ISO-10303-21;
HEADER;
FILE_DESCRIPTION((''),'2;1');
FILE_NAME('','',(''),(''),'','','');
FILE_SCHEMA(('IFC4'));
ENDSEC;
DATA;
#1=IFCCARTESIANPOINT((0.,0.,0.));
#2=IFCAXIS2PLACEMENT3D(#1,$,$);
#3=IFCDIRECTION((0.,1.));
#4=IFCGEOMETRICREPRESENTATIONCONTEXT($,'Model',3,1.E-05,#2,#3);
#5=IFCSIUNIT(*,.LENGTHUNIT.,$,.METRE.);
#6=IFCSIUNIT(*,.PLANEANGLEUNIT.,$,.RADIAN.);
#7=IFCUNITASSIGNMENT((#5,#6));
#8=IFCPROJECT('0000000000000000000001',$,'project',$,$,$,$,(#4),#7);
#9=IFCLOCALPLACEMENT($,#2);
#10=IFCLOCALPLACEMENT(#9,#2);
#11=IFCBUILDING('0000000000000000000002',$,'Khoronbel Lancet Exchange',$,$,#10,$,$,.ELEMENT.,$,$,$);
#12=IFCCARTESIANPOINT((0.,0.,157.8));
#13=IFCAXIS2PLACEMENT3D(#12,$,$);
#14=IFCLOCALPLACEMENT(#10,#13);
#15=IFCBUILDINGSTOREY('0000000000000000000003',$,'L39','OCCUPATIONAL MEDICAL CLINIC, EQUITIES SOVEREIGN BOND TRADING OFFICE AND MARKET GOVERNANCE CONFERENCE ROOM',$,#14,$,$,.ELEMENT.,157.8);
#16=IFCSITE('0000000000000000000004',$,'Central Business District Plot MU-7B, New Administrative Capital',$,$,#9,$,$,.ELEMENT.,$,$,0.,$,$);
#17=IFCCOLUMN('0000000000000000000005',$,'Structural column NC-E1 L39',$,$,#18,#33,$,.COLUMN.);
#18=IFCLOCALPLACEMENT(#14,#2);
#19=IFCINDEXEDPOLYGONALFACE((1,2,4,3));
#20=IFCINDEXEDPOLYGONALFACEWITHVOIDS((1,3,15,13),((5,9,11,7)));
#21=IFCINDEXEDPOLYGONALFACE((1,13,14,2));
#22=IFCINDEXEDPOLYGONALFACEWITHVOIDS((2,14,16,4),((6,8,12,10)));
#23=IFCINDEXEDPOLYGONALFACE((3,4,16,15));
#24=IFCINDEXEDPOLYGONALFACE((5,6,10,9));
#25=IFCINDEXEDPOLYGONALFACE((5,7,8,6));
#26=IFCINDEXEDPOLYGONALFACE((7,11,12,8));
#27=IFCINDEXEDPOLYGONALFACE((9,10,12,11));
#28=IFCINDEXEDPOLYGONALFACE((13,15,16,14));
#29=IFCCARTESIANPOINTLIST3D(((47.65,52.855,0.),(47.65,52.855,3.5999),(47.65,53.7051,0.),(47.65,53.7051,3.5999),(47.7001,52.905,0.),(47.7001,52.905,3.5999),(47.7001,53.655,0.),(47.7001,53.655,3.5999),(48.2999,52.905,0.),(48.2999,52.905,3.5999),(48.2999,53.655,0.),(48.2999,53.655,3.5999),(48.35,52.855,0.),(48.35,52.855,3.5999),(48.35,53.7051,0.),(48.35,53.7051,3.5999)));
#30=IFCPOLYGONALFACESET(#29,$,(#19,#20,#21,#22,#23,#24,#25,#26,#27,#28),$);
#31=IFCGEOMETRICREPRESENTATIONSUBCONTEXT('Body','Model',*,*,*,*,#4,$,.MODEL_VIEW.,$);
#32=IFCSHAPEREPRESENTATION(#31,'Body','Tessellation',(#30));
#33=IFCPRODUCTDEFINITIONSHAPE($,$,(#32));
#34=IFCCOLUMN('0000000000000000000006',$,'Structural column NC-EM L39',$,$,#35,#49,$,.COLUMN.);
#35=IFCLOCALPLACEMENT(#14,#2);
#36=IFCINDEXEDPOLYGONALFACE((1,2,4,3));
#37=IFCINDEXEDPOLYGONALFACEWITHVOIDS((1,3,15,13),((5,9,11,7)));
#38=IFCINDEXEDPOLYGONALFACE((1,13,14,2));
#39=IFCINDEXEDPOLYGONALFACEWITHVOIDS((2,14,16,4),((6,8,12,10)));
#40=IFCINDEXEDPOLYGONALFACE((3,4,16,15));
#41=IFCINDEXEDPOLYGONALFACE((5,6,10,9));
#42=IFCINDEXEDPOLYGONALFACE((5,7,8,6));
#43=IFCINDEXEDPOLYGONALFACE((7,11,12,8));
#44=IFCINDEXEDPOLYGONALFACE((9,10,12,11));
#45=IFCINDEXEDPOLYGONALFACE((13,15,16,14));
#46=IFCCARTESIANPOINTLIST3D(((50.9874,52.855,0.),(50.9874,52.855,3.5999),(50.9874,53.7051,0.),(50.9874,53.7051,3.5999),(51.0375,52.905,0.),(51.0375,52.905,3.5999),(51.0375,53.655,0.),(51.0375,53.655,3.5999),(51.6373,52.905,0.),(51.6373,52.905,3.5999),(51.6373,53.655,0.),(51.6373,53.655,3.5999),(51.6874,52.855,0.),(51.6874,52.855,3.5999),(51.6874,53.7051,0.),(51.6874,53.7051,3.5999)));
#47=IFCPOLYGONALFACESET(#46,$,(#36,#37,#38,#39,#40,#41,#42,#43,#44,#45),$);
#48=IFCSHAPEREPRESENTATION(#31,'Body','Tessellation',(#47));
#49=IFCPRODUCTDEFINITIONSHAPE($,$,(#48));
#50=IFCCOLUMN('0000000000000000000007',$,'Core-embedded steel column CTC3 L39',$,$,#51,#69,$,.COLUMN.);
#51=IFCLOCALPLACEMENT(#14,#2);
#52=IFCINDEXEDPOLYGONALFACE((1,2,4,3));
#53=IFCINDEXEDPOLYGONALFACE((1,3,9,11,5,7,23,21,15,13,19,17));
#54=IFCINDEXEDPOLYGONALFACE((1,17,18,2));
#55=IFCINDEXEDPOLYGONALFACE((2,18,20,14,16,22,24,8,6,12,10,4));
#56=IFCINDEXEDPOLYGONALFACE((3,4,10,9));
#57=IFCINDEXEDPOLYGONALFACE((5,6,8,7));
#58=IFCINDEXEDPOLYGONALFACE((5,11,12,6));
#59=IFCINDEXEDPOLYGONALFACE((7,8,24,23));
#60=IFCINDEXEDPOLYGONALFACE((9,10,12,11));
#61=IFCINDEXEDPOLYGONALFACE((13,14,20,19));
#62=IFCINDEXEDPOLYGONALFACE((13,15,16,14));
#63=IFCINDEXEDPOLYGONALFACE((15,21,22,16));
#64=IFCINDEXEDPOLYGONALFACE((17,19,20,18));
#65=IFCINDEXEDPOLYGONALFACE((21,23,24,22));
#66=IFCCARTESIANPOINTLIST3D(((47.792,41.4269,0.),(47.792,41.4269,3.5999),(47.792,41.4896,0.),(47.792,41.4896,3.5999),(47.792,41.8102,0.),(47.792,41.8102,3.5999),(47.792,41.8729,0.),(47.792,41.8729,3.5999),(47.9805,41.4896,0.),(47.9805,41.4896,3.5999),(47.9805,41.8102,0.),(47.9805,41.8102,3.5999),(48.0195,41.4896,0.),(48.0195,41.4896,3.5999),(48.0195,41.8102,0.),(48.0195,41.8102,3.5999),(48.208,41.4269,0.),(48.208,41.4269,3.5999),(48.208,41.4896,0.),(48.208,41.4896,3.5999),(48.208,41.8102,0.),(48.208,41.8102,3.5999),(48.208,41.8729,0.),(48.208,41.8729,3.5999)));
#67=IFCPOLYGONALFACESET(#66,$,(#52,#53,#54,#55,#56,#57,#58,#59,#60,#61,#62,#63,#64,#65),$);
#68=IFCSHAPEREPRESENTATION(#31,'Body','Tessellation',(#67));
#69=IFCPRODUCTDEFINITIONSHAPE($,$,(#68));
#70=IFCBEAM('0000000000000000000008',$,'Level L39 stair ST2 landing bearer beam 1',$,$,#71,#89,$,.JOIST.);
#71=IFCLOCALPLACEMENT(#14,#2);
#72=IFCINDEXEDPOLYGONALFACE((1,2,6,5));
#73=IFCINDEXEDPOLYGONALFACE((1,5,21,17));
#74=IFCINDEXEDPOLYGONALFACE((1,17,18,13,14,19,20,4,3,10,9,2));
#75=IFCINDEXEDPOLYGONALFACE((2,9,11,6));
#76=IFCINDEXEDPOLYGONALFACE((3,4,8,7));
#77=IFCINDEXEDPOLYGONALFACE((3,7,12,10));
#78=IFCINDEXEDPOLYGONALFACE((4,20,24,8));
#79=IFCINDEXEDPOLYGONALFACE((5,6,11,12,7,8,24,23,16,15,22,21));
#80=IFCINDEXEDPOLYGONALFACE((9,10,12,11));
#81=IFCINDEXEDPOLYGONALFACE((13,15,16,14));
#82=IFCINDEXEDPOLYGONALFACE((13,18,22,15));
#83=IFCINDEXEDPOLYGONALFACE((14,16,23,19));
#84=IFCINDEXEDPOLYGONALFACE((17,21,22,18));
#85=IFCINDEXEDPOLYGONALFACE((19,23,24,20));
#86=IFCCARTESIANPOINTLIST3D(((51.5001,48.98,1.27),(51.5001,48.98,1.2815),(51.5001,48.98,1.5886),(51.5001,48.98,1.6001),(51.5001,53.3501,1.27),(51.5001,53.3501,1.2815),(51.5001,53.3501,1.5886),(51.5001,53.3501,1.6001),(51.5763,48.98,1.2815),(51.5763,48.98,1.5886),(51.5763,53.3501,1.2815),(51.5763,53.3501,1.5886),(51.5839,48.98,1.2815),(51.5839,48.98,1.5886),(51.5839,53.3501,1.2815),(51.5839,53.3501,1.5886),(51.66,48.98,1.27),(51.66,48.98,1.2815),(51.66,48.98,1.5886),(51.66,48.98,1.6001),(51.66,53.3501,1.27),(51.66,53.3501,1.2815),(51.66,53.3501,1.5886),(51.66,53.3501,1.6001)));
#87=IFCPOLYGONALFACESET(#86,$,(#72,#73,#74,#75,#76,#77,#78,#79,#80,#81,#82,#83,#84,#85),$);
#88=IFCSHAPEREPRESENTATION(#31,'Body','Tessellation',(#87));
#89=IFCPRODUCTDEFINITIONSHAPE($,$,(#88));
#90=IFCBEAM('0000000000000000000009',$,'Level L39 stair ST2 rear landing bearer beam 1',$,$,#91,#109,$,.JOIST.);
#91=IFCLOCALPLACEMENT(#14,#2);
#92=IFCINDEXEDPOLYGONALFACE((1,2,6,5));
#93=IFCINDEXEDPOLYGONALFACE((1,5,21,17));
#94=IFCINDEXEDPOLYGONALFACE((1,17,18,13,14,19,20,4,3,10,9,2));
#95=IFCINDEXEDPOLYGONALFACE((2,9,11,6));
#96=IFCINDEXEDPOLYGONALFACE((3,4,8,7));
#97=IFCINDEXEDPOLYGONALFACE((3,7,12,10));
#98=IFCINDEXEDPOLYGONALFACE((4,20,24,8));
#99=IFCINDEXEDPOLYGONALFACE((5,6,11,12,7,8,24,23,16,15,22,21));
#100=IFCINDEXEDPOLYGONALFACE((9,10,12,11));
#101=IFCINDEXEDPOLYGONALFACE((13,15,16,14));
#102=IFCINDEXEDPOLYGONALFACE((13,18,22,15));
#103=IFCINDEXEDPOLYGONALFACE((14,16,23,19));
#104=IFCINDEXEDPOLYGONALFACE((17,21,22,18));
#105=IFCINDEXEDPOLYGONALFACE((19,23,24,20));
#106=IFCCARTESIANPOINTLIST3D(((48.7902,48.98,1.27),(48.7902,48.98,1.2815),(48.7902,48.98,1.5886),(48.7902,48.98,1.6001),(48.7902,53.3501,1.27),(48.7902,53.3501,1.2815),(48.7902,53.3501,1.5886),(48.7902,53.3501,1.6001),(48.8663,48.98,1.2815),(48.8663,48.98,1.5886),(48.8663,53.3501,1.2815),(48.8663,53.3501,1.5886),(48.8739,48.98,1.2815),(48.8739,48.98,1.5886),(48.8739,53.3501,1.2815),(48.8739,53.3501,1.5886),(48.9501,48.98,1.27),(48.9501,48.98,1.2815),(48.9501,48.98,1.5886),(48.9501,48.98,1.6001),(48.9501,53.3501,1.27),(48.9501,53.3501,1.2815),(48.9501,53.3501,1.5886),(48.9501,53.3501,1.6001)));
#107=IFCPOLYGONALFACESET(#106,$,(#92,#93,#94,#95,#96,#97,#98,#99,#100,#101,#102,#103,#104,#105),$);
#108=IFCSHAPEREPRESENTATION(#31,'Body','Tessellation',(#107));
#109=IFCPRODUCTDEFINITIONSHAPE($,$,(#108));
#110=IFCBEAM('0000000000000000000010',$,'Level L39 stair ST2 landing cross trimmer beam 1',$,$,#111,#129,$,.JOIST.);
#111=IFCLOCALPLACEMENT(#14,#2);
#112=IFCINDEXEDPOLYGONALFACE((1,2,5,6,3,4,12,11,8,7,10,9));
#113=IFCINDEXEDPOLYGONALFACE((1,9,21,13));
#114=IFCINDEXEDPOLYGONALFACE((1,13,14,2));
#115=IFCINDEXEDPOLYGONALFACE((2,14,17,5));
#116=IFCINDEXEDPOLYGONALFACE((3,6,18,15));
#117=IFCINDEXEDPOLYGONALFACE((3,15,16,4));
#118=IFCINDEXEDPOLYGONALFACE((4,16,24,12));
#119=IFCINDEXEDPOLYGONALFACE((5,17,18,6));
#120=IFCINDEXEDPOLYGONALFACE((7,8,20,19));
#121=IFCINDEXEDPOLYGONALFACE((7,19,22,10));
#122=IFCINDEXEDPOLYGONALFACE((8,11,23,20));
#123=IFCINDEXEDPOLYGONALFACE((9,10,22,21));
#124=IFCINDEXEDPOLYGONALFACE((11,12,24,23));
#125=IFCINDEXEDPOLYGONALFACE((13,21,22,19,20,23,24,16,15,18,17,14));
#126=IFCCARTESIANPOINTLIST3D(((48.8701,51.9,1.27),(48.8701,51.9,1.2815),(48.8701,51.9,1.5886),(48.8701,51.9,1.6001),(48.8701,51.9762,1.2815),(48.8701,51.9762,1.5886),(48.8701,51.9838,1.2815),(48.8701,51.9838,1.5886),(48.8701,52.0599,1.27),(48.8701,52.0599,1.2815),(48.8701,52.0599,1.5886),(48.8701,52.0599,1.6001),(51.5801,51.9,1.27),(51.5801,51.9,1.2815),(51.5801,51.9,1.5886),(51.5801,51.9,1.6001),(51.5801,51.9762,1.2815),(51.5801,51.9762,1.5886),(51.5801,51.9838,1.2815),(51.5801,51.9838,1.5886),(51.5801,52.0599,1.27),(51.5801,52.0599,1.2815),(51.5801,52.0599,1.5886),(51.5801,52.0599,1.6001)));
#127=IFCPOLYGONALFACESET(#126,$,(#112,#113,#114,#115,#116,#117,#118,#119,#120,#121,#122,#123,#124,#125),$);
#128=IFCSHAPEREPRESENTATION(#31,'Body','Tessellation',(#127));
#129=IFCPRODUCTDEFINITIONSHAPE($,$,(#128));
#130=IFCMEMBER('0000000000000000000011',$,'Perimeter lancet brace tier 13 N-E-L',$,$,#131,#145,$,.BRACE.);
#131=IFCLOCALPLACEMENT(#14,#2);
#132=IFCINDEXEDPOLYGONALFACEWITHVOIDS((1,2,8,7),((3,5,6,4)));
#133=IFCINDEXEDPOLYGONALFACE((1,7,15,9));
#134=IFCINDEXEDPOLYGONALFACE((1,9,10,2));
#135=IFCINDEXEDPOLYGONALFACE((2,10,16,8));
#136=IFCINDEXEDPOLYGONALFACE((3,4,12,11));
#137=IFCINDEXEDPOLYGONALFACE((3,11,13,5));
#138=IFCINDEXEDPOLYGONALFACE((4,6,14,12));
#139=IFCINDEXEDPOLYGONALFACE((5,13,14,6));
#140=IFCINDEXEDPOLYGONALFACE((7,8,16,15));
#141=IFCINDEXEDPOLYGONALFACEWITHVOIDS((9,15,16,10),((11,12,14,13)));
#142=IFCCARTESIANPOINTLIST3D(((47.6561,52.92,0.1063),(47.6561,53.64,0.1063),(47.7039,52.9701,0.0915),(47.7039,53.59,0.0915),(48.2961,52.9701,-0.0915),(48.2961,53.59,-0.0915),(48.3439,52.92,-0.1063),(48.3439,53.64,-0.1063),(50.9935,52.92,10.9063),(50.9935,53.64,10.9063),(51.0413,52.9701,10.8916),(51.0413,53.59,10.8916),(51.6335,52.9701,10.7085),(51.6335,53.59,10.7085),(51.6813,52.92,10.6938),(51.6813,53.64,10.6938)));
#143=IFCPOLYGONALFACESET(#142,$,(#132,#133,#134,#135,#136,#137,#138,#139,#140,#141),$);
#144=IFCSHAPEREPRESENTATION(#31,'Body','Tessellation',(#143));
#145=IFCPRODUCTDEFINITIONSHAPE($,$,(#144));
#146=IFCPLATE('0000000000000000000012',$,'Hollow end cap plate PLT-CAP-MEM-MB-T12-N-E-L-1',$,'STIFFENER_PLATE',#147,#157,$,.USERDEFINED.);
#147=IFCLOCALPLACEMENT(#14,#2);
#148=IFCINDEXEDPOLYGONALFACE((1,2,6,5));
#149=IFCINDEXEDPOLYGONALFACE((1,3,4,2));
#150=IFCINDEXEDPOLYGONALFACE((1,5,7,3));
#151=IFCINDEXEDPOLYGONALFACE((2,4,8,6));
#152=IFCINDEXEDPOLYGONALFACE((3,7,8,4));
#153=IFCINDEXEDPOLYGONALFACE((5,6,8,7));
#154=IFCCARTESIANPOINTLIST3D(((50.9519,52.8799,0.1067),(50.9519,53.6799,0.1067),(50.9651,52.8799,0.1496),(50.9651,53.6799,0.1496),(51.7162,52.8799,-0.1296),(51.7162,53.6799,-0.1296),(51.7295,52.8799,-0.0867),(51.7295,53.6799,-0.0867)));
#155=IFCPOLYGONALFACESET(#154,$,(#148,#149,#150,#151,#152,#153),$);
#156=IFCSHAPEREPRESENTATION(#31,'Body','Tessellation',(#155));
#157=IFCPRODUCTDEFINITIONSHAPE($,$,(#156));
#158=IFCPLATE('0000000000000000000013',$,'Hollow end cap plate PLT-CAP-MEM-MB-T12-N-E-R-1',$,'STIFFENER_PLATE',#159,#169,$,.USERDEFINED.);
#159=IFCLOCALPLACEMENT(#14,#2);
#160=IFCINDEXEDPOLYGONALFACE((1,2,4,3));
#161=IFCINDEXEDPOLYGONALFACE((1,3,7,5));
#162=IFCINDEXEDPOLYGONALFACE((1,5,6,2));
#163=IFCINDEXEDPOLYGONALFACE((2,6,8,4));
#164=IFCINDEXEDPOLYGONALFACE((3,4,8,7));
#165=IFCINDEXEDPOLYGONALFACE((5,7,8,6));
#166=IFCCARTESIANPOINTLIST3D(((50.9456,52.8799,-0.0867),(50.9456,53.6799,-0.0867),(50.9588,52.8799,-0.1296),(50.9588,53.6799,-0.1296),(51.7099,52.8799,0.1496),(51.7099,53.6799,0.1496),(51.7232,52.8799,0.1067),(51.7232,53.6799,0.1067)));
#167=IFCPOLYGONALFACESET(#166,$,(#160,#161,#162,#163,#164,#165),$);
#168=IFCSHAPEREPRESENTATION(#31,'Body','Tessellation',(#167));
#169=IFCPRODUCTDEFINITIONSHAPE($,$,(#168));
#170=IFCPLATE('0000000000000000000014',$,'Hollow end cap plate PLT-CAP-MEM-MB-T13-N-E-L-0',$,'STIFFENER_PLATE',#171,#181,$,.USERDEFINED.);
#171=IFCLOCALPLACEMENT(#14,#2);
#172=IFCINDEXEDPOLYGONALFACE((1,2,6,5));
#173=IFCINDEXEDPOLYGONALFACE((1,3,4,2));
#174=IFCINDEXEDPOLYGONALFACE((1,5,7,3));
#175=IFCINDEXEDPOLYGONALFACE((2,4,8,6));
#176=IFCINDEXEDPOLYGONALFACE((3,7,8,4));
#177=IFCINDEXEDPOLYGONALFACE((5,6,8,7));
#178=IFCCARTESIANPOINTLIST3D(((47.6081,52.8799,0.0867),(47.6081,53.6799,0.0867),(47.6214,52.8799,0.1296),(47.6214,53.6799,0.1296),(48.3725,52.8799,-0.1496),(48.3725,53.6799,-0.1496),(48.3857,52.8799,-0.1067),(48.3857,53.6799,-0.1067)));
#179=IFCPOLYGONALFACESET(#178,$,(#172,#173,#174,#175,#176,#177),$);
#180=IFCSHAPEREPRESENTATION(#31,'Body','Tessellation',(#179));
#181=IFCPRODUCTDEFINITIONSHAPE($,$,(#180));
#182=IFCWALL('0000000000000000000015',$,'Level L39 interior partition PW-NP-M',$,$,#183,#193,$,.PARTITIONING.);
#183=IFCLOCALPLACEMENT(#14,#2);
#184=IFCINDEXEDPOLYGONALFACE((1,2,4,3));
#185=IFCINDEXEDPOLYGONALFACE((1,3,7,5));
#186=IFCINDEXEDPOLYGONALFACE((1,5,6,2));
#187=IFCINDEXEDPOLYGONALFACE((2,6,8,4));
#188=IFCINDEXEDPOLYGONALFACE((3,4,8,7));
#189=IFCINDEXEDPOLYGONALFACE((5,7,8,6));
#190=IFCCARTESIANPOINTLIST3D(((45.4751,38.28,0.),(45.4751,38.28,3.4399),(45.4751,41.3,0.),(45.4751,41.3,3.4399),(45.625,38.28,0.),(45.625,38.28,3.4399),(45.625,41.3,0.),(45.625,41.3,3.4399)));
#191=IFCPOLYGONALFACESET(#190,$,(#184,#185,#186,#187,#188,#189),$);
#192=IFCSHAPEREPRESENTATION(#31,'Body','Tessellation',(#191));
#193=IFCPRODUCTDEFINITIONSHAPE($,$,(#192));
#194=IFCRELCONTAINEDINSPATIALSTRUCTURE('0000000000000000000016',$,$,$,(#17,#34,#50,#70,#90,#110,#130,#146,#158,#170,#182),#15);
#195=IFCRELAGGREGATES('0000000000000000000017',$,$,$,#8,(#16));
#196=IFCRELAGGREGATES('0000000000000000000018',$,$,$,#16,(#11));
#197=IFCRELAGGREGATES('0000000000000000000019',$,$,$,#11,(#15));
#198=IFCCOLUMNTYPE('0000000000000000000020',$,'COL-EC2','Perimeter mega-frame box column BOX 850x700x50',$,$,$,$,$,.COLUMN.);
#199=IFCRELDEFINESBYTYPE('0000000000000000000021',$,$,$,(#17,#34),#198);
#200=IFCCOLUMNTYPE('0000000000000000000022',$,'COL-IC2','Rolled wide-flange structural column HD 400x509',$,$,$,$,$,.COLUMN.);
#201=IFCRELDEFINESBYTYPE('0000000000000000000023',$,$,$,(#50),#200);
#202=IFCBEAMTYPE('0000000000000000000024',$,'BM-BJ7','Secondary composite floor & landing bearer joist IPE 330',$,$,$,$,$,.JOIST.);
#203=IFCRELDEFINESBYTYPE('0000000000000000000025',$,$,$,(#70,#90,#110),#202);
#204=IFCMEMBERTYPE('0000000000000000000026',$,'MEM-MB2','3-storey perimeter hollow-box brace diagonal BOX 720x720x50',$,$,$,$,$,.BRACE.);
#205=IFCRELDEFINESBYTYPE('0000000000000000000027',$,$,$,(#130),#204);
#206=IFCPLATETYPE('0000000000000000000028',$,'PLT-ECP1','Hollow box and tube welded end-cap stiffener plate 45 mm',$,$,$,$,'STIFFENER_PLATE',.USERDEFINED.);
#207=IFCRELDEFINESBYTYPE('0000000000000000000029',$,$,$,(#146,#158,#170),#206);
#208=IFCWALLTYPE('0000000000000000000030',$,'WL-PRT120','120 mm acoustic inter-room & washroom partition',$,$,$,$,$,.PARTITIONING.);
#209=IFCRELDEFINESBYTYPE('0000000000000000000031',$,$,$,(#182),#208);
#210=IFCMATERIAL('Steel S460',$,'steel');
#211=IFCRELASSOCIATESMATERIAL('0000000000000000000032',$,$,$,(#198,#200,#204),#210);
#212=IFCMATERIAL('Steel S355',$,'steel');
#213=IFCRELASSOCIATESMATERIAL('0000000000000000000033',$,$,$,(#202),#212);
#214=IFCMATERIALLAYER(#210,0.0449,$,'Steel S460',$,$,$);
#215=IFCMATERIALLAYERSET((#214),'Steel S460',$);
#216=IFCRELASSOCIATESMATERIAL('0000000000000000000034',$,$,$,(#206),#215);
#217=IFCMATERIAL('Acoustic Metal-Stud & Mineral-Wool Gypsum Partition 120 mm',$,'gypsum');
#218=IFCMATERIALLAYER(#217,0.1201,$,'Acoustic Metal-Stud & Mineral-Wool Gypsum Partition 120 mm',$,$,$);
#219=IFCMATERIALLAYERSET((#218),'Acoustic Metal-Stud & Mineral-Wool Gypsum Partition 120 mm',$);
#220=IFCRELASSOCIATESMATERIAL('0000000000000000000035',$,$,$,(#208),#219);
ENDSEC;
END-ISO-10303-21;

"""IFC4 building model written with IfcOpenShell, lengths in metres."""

from ifc_helpers import new_model, si_unit, direction, frame, frame_2d, origin, origin_2d, place, context, subcontext, project, spatial, polyline, rectangle, hollow_rectangle, i_section, outline, extrude, material, layer, layer_set, material_profile, profile_set, type_object, element, save


model = new_model("IFC4")

# Units and contexts
model_context = context("Model", 3, precision=1e-05, world=origin(), true_north=direction((0.0, 1.0)))
body_context = subcontext(model_context, "Body", "Model", "MODEL_VIEW")
ifc_project = project(units=[si_unit("LENGTHUNIT", "METRE"), si_unit("PLANEANGLEUNIT", "RADIAN")], contexts=[model_context])

# Site, building, storey
site_placement = place(None, origin())
site = spatial("IfcSite", under=ifc_project, at=site_placement, Name="Central Business District Plot MU-7B, New Administrative Capital", CompositionType="ELEMENT", RefElevation=0.0)
building_placement = place(site_placement, origin())
building = spatial("IfcBuilding", under=site, at=building_placement, Name="Khoronbel Lancet Exchange", CompositionType="ELEMENT")
storey_placement = place(building_placement, frame((0.0, 0.0, 157.8)))
storey = spatial("IfcBuildingStorey", under=building, at=storey_placement, Name="L39", Description="OCCUPATIONAL MEDICAL CLINIC, EQUITIES SOVEREIGN BOND TRADING OFFICE AND MARKET GOVERNANCE CONFERENCE ROOM", CompositionType="ELEMENT", Elevation=157.8)

# Columns
ifc_material_1 = material(Name="Steel S460", Category="steel")
ifc_material_profile_1 = material_profile(ifc_material_1, hollow_rectangle(XDim=0.7, YDim=0.8501, WallThickness=0.05, at=origin_2d()), Name="BOX 850x700x50")
ifc_profile_set_1 = profile_set([ifc_material_profile_1], Name="Steel S460")
column_type_1 = type_object("IfcColumnType", Name="COL-EC2", Description="Perimeter mega-frame box column BOX 850x700x50", PredefinedType="COLUMN", material=ifc_profile_set_1)
for number, where, z_axis, x_axis, name in (
    (1, (48.0, 53.28, 0.0), (0.0, 0.0, 1.0), (1.0, 0.0, 0.0), "Structural column NC-E1 L39"),
    (2, (51.3374, 53.28, 0.0), (0.0, 0.0, 1.0), (1.0, 0.0, 0.0), "Structural column NC-EM L39"),
):
    element("IfcColumn", number, at=place(storey_placement, frame(where, z_axis=z_axis, x_axis=x_axis)), inside=storey, type_object=column_type_1, Name=name, PredefinedType="COLUMN", context=body_context, shape_type="SweptSolid", body=[
        extrude(hollow_rectangle(XDim=0.7, YDim=0.8501, WallThickness=0.05, at=origin_2d()), origin(), (0.0, 0.0, 1.0), 3.5999),
    ])
ifc_material_profile_2 = material_profile(ifc_material_1, i_section(OverallWidth=0.416, OverallDepth=0.446, WebThickness=0.0391, FlangeThickness=0.0627, at=origin_2d()), Name="HD 400x509")
ifc_profile_set_2 = profile_set([ifc_material_profile_2], Name="Steel S460")
column_type_2 = type_object("IfcColumnType", Name="COL-IC2", Description="Rolled wide-flange structural column HD 400x509", PredefinedType="COLUMN", material=ifc_profile_set_2)
column_placement = place(storey_placement, frame((48.0, 41.6499, 0.0), z_axis=(0.0, 0.0, 1.0), x_axis=(1.0, 0.0, 0.0)))
element("IfcColumn", 3, at=column_placement, inside=storey, type_object=column_type_2, Name="Core-embedded steel column CTC3 L39", PredefinedType="COLUMN", context=body_context, shape_type="SweptSolid", body=[
    extrude(i_section(OverallWidth=0.416, OverallDepth=0.446, WebThickness=0.0391, FlangeThickness=0.0627, at=origin_2d()), origin(), (0.0, 0.0, 1.0), 3.5999),
])

# Beams
ifc_material_2 = material(Name="Steel S355", Category="steel")
ifc_material_profile_3 = material_profile(ifc_material_2, i_section(OverallWidth=0.1599, OverallDepth=0.3301, WebThickness=0.0076, FlangeThickness=0.0115, at=origin_2d()), Name="IPE 330")
ifc_profile_set_3 = profile_set([ifc_material_profile_3], Name="Steel S355")
beam_type = type_object("IfcBeamType", Name="BM-BJ7", Description="Secondary composite floor & landing bearer joist IPE 330", PredefinedType="JOIST", material=ifc_profile_set_3)
for number, where, z_axis, x_axis, name in (
    (4, (51.5801, 48.98, 1.4351), (0.0, 1.0, 0.0), (-1.0, 0.0, 0.0), "Level L39 stair ST2 landing bearer beam 1"),
    (5, (48.8701, 48.98, 1.4351), (0.0, 1.0, 0.0), (-1.0, 0.0, 0.0), "Level L39 stair ST2 rear landing bearer beam 1"),
):
    element("IfcBeam", number, at=place(storey_placement, frame(where, z_axis=z_axis, x_axis=x_axis)), inside=storey, type_object=beam_type, Name=name, PredefinedType="JOIST", context=body_context, shape_type="SweptSolid", body=[
        extrude(i_section(OverallWidth=0.1599, OverallDepth=0.3301, WebThickness=0.0076, FlangeThickness=0.0115, at=origin_2d()), origin(), (0.0, 0.0, 1.0), 4.3701),
    ])
beam_placement = place(storey_placement, frame((48.8701, 51.98, 1.4351), z_axis=(1.0, 0.0, 0.0), x_axis=(0.0, 1.0, 0.0)))
element("IfcBeam", 6, at=beam_placement, inside=storey, type_object=beam_type, Name="Level L39 stair ST2 landing cross trimmer beam 1", PredefinedType="JOIST", context=body_context, shape_type="SweptSolid", body=[
    extrude(i_section(OverallWidth=0.1599, OverallDepth=0.3301, WebThickness=0.0076, FlangeThickness=0.0115, at=origin_2d()), origin(), (0.0, 0.0, 1.0), 2.71),
])

# Member
ifc_material_profile_4 = material_profile(ifc_material_1, hollow_rectangle(XDim=0.72, YDim=0.72, WallThickness=0.05, at=origin_2d()), Name="BOX 720x720x50")
ifc_profile_set_4 = profile_set([ifc_material_profile_4], Name="Steel S460")
member_type = type_object("IfcMemberType", Name="MEM-MB2", Description="3-storey perimeter hollow-box brace diagonal BOX 720x720x50", PredefinedType="BRACE", material=ifc_profile_set_4)
member_placement = place(storey_placement, frame((48.0, 53.28, 0.0), z_axis=(0.295242, 0.0, 0.955422), x_axis=(0.0, 1.0, 0.0)))
element("IfcMember", 7, at=member_placement, inside=storey, type_object=member_type, Name="Perimeter lancet brace tier 13 N-E-L", PredefinedType="BRACE", context=body_context, shape_type="SweptSolid", body=[
    extrude(hollow_rectangle(XDim=0.72, YDim=0.72, WallThickness=0.05, at=origin_2d()), origin(), (0.0, 0.0, 1.0), 11.304),
])

# Plates
ifc_layer_1 = layer(ifc_material_1, 0.0449, Name="Steel S460")
ifc_layer_set_1 = layer_set([ifc_layer_1], Name="Steel S460")
plate_type = type_object("IfcPlateType", Name="PLT-ECP1", Description="Hollow box and tube welded end-cap stiffener plate 45 mm", ElementType="STIFFENER_PLATE", PredefinedType="USERDEFINED", material=ifc_layer_set_1)
for number, where, z_axis, x_axis, name in (
    (8, (51.7295, 52.8799, -0.0867), (0.295372, 0.0, 0.955382), (0.0, 1.0, 0.0), "Hollow end cap plate PLT-CAP-MEM-MB-T12-N-E-L-1"),
    (9, (50.9456, 53.6799, -0.0867), (-0.295372, 0.0, 0.955382), (0.0, -1.0, 0.0), "Hollow end cap plate PLT-CAP-MEM-MB-T12-N-E-R-1"),
    (10, (48.3857, 52.8799, -0.1067), (0.295372, 0.0, 0.955382), (0.0, 1.0, 0.0), "Hollow end cap plate PLT-CAP-MEM-MB-T13-N-E-L-0"),
):
    element("IfcPlate", number, at=place(storey_placement, frame(where, z_axis=z_axis, x_axis=x_axis)), inside=storey, type_object=plate_type, Name=name, ObjectType="STIFFENER_PLATE", PredefinedType="USERDEFINED", context=body_context, shape_type="SweptSolid", body=[
        extrude(outline(polyline([(0.0, 0.0), (0.8, 0.0), (0.8, 0.8), (0.0, 0.8), (0.0, 0.0)])), origin(), (0.0, 0.0, -1.0), 0.0449),
    ])

# Wall
ifc_material_3 = material(Name="Acoustic Metal-Stud & Mineral-Wool Gypsum Partition 120 mm", Category="gypsum")
ifc_layer_2 = layer(ifc_material_3, 0.1201, Name="Acoustic Metal-Stud & Mineral-Wool Gypsum Partition 120 mm")
ifc_layer_set_2 = layer_set([ifc_layer_2], Name="Acoustic Metal-Stud & Mineral-Wool Gypsum Partition 120 mm")
wall_type_1 = type_object("IfcWallType", Name="WL-PRT120", Description="120 mm acoustic inter-room & washroom partition", PredefinedType="PARTITIONING", material=ifc_layer_set_2)
wall_1_placement = place(storey_placement, frame((45.55, 38.28, 0.0), z_axis=(0.0, 0.0, 1.0), x_axis=(0.0, 1.0, 0.0)))
element("IfcWall", 11, at=wall_1_placement, inside=storey, type_object=wall_type_1, Name="Level L39 interior partition PW-NP-M", PredefinedType="PARTITIONING", context=body_context, shape_type="SweptSolid", body=[
    extrude(rectangle(XDim=3.02, YDim=0.1499, at=frame_2d((1.51, 0.0))), origin(), (0.0, 0.0, 1.0), 3.4399),
])

save(model, "model.ifc")
